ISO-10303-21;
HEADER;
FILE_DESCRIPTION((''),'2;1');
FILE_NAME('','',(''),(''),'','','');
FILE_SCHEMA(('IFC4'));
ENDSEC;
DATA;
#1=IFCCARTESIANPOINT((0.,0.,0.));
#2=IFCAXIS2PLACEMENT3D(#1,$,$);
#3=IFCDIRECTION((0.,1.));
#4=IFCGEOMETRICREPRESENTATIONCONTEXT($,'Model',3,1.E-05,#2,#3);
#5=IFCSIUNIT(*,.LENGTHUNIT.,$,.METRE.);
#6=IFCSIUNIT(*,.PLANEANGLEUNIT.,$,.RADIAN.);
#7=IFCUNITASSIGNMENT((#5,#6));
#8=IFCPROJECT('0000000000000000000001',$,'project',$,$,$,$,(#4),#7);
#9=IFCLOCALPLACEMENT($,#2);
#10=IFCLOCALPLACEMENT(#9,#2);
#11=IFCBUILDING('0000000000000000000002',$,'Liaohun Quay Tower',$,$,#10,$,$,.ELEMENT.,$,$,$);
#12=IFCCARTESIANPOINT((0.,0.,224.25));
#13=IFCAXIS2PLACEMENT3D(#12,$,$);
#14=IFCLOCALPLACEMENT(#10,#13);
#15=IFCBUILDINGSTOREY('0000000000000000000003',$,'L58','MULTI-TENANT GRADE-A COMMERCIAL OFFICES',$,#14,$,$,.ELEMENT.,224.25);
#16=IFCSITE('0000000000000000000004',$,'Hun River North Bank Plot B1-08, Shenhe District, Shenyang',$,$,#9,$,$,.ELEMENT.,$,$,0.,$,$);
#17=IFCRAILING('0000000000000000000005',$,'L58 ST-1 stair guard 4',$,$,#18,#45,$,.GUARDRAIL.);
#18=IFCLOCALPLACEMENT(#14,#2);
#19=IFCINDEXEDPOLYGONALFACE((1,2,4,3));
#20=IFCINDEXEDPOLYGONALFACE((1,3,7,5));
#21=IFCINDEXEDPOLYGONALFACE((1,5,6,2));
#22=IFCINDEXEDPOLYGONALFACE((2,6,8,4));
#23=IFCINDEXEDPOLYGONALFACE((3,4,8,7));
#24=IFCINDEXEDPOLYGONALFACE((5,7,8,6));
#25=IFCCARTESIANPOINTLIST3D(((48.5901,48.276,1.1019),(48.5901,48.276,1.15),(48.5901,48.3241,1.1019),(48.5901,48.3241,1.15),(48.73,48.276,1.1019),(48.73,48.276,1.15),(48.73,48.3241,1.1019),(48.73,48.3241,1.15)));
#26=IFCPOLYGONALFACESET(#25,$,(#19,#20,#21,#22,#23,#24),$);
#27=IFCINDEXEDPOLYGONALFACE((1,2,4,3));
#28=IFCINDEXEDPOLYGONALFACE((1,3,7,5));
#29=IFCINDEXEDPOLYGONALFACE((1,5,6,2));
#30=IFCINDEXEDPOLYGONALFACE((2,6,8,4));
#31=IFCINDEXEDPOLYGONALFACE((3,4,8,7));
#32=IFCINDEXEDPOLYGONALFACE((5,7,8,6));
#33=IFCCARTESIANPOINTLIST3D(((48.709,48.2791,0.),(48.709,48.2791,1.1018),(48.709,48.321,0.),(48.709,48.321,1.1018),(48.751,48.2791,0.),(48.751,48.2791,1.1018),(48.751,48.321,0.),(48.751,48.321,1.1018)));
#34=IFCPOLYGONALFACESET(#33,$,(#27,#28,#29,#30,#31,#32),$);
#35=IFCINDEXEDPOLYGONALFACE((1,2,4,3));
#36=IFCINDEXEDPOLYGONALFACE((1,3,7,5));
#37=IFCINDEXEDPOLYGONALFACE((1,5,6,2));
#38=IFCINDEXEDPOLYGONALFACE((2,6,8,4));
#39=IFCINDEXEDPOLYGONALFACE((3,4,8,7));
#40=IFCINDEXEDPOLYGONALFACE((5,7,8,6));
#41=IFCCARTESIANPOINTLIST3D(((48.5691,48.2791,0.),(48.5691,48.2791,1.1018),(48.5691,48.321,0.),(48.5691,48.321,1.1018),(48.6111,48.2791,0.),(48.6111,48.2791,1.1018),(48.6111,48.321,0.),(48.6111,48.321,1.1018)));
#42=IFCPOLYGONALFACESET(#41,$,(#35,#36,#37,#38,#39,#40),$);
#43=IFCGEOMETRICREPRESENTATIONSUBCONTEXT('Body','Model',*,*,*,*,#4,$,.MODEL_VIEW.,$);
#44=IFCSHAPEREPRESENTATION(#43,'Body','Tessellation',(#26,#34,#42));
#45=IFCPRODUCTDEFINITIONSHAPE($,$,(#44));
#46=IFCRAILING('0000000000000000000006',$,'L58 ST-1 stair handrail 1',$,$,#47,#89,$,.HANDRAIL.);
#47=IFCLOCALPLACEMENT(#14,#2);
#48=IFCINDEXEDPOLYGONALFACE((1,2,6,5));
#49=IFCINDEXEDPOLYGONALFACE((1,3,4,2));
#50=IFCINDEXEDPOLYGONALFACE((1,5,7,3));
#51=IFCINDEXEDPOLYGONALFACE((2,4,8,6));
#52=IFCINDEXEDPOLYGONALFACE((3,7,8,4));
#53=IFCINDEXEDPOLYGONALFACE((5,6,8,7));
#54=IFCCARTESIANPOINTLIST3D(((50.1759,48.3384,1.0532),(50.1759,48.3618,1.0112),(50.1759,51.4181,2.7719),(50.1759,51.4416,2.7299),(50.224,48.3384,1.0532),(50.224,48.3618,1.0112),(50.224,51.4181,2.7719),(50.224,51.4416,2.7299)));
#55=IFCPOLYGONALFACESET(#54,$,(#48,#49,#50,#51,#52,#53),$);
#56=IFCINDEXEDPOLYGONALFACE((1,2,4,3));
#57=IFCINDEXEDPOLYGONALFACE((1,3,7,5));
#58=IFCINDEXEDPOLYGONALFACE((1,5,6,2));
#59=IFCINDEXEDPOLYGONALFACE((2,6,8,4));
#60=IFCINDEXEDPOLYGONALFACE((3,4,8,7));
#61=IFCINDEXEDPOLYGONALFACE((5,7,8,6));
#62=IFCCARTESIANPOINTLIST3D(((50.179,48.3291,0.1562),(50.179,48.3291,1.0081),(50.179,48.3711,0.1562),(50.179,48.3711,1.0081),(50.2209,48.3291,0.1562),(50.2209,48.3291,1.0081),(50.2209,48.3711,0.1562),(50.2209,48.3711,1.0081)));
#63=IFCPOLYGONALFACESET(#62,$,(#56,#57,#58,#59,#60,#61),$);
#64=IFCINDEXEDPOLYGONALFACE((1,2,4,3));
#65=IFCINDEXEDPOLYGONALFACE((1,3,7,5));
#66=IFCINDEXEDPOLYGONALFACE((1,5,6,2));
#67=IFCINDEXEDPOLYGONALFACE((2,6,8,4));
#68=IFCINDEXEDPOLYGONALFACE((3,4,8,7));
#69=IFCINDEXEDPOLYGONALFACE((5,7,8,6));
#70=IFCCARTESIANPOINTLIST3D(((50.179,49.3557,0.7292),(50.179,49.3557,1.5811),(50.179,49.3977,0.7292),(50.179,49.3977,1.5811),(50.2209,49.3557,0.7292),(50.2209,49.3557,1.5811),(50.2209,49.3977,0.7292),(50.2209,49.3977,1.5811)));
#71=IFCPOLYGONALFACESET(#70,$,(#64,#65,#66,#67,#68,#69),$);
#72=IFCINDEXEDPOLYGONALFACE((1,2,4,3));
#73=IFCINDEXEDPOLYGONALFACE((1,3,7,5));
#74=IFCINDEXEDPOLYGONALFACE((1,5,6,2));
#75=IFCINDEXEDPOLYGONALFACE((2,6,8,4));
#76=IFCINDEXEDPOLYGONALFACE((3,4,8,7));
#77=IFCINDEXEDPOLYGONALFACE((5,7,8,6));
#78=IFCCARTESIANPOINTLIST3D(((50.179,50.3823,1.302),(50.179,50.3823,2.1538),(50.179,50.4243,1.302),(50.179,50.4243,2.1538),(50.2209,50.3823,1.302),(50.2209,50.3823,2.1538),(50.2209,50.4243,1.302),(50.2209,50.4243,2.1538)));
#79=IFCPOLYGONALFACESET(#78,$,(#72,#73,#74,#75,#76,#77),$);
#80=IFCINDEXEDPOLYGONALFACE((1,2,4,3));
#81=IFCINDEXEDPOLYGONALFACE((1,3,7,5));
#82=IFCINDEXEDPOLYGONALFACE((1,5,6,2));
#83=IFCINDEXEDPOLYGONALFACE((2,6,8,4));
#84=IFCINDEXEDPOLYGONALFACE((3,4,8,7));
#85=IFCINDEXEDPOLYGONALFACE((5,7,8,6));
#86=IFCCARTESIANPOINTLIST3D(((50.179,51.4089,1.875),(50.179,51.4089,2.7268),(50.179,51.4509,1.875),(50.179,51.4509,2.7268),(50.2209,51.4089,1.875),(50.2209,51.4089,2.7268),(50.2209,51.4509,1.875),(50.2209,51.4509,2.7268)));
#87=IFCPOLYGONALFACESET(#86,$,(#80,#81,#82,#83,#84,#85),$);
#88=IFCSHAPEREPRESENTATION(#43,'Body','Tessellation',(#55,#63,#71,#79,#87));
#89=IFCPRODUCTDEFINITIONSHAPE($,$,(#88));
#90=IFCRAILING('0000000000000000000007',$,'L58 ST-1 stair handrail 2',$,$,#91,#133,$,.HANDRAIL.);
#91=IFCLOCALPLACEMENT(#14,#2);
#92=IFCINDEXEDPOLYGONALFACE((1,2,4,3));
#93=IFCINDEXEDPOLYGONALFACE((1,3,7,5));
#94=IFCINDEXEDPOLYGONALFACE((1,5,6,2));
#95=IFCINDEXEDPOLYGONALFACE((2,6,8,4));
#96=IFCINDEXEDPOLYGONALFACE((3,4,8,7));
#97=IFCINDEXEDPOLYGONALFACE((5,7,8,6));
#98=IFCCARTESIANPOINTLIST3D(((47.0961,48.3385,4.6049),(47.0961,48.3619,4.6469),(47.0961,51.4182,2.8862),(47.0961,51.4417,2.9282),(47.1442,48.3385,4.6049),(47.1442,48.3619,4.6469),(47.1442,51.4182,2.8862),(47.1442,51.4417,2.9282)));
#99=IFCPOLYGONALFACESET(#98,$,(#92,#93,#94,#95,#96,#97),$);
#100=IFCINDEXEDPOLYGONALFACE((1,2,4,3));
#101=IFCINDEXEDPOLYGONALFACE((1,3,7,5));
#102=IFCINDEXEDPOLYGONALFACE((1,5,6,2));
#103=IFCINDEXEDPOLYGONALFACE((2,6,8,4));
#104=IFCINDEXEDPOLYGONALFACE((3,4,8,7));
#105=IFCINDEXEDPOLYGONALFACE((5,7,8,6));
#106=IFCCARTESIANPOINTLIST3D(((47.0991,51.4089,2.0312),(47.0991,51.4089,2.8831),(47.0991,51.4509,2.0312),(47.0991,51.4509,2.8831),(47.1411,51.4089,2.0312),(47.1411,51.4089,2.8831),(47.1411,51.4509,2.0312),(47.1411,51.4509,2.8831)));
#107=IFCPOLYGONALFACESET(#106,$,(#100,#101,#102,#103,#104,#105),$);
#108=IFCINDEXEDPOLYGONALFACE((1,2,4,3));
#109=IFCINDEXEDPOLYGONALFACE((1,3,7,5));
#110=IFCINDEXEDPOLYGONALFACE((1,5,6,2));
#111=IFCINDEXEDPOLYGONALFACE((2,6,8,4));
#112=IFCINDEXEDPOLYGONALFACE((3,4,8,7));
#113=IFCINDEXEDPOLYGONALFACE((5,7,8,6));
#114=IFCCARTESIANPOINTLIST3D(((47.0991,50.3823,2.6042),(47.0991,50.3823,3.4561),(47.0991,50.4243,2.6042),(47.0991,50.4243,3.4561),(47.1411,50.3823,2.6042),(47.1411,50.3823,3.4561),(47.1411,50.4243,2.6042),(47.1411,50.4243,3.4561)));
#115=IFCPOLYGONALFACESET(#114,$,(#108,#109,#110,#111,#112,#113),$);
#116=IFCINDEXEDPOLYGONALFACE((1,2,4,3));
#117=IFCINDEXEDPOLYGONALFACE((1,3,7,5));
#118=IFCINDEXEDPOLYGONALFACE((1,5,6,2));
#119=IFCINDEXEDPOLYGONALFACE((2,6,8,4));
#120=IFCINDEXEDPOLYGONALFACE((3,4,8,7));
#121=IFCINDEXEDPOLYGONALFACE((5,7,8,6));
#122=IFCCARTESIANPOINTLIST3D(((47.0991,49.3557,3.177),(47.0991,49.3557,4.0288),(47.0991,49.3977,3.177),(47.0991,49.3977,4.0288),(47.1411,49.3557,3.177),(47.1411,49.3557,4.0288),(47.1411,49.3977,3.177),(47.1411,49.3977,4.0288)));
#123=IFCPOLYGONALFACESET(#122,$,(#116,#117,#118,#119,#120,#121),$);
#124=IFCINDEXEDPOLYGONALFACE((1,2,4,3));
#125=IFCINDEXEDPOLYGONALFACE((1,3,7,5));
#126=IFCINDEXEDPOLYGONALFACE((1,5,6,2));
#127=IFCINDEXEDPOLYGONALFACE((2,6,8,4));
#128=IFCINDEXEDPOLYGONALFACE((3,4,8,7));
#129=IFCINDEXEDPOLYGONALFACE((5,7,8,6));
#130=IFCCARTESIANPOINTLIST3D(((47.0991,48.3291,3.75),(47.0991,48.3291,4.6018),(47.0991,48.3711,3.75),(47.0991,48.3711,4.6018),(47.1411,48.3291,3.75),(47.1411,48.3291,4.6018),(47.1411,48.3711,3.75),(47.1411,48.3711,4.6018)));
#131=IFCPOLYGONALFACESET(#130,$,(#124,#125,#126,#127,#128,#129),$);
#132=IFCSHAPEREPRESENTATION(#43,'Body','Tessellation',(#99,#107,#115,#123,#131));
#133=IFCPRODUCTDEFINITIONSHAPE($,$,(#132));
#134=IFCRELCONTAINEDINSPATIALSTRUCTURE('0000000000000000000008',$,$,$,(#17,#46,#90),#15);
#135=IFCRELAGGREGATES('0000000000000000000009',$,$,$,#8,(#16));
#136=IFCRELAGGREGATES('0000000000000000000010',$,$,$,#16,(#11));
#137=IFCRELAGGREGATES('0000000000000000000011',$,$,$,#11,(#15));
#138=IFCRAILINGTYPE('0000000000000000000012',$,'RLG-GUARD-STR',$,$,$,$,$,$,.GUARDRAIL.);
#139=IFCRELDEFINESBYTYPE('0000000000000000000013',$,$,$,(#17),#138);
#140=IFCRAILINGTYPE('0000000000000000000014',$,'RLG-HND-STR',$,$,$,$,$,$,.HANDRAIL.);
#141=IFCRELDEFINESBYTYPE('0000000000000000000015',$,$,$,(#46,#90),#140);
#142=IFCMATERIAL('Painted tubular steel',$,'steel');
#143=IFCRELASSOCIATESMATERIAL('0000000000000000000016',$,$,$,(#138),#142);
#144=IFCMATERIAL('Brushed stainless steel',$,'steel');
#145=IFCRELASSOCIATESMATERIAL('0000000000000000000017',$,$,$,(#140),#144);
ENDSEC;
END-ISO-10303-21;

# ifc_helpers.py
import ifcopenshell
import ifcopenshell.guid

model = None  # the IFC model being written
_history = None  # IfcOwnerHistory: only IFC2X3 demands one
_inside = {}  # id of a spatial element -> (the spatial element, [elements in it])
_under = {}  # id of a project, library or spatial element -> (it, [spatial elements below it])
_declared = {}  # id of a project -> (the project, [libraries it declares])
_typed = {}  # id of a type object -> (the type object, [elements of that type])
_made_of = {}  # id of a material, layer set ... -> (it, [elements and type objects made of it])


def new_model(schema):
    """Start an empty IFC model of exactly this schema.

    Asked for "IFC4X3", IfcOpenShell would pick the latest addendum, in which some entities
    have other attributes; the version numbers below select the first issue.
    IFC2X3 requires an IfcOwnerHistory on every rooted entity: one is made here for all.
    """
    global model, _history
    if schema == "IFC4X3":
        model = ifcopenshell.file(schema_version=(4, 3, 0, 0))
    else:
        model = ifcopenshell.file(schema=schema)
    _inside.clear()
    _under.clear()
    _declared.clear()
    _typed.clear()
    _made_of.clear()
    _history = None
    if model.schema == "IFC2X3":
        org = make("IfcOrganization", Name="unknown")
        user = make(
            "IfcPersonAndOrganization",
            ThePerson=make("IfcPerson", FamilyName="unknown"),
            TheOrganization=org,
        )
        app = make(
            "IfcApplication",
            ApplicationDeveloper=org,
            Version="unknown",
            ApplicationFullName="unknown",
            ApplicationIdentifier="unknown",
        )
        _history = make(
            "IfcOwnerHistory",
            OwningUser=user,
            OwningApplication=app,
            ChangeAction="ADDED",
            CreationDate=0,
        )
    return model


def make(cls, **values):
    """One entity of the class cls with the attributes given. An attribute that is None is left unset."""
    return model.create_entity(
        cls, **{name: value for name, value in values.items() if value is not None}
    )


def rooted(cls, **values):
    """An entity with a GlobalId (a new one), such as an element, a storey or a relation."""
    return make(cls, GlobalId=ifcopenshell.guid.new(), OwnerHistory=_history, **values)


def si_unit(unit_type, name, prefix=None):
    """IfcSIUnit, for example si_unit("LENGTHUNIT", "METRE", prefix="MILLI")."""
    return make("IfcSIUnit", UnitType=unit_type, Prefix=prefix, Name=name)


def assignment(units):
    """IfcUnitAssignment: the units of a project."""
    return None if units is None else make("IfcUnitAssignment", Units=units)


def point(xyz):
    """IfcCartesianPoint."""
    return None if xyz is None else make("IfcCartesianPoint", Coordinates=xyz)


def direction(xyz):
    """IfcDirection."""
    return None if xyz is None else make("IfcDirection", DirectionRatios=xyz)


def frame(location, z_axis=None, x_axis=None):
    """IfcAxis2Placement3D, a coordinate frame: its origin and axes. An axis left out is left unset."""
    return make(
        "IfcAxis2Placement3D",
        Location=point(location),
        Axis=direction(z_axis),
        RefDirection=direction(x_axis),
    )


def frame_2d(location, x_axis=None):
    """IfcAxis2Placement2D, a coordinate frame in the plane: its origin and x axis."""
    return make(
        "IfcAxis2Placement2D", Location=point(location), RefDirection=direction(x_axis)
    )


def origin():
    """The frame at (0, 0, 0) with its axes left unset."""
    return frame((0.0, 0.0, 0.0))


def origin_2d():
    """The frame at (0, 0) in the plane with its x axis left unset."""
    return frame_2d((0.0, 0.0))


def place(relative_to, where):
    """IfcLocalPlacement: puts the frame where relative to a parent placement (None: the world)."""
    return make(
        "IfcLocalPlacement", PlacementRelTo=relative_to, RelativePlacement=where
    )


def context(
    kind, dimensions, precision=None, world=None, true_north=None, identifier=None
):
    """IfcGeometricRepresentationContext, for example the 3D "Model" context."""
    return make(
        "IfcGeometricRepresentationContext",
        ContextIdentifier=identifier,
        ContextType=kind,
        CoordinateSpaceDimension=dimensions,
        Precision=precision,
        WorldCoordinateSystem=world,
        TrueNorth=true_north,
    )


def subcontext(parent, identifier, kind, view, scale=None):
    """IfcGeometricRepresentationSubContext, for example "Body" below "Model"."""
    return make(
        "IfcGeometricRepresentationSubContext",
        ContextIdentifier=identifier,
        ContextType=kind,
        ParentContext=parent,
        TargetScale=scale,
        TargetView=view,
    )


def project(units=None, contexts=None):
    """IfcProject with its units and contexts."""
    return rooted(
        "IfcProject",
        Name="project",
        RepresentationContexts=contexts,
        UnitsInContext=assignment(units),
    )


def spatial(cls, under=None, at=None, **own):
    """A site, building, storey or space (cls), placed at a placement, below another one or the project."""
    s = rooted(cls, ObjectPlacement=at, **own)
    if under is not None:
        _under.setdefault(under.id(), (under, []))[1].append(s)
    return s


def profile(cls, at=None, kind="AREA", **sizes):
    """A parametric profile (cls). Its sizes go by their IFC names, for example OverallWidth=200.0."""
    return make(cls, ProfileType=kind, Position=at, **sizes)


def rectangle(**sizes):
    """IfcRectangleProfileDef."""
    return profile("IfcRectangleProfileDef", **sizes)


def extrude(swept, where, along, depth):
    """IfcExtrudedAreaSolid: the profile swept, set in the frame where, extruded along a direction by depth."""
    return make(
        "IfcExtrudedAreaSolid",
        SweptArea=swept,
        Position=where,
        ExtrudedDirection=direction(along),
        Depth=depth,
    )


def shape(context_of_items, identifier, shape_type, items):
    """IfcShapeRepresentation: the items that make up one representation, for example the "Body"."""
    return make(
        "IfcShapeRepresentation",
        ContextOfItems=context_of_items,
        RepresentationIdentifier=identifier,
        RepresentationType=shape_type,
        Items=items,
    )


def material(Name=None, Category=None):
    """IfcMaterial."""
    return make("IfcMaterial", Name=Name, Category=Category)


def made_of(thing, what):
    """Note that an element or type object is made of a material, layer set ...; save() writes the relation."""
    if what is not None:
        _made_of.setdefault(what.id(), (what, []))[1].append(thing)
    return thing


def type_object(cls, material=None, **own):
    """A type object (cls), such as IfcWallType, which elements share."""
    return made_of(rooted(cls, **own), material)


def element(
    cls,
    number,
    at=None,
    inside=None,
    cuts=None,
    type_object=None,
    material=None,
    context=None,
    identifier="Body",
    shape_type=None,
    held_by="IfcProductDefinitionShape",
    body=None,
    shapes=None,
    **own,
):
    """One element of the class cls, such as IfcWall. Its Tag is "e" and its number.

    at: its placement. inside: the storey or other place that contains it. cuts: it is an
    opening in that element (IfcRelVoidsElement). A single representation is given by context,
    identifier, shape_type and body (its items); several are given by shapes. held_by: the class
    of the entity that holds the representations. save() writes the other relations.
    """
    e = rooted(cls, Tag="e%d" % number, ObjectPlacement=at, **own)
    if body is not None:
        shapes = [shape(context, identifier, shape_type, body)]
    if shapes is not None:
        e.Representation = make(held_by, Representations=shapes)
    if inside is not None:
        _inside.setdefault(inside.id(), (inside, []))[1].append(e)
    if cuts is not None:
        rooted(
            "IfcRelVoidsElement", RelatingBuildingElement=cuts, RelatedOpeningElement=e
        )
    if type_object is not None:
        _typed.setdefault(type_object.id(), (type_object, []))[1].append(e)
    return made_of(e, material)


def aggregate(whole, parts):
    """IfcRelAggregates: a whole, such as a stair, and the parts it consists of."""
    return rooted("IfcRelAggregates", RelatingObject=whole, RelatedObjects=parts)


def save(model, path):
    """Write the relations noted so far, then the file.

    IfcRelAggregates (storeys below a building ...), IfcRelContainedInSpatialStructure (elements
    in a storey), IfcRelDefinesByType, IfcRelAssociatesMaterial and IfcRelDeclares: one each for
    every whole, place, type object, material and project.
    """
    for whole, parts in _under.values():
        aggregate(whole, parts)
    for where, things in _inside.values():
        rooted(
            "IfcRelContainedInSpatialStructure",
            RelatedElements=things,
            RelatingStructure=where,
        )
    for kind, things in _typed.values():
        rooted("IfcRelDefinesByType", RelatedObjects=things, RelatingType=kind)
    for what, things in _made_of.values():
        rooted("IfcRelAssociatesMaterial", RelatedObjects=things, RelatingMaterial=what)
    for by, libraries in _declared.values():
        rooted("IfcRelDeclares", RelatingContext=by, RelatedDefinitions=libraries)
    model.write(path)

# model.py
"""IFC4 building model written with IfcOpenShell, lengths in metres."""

from ifc_helpers import new_model, si_unit, direction, frame, origin, origin_2d, place, context, subcontext, project, spatial, rectangle, extrude, material, type_object, element, save


model = new_model("IFC4")

# Units and contexts
model_context = context("Model", 3, precision=1e-05, world=origin(), true_north=direction((0.0, 1.0)))
body_context = subcontext(model_context, "Body", "Model", "MODEL_VIEW")
ifc_project = project(units=[si_unit("LENGTHUNIT", "METRE"), si_unit("PLANEANGLEUNIT", "RADIAN")], contexts=[model_context])

# Site, building, storey
site_placement = place(None, origin())
site = spatial("IfcSite", under=ifc_project, at=site_placement, Name="Hun River North Bank Plot B1-08, Shenhe District, Shenyang", CompositionType="ELEMENT", RefElevation=0.0)
building_placement = place(site_placement, origin())
building = spatial("IfcBuilding", under=site, at=building_placement, Name="Liaohun Quay Tower", CompositionType="ELEMENT")
storey_placement = place(building_placement, frame((0.0, 0.0, 224.25)))
storey = spatial("IfcBuildingStorey", under=building, at=storey_placement, Name="L58", Description="MULTI-TENANT GRADE-A COMMERCIAL OFFICES", CompositionType="ELEMENT", Elevation=224.25)

# Railings
ifc_material_1 = material(Name="Painted tubular steel", Category="steel")
railing_type_1 = type_object("IfcRailingType", Name="RLG-GUARD-STR", PredefinedType="GUARDRAIL", material=ifc_material_1)
railing_1_placement = place(storey_placement, frame((48.73, 48.3, 0.0)))
element("IfcRailing", 1, at=railing_1_placement, inside=storey, type_object=railing_type_1, Name="L58 ST-1 stair guard 4", PredefinedType="GUARDRAIL", context=body_context, shape_type="SweptSolid", body=[
    extrude(rectangle(XDim=0.0481, YDim=0.0481, at=origin_2d()), frame((0.0, 0.0, 1.126), z_axis=(-1.0, 0.0, 0.0), x_axis=(0.0, -1.0, 0.0)), (0.0, 0.0, 1.0), 0.1399),
    extrude(rectangle(XDim=0.042, YDim=0.042, at=origin_2d()), origin(), (0.0, 0.0, 1.0), 1.1018),
    extrude(rectangle(XDim=0.042, YDim=0.042, at=origin_2d()), frame((-0.1399, 0.0, 0.0)), (0.0, 0.0, 1.0), 1.1018),
])
ifc_material_2 = material(Name="Brushed stainless steel", Category="steel")
railing_type_2 = type_object("IfcRailingType", Name="RLG-HND-STR", PredefinedType="HANDRAIL", material=ifc_material_2)
railing_2_placement = place(storey_placement, frame((50.2, 48.3501, 0.1562)))
element("IfcRailing", 2, at=railing_2_placement, inside=storey, type_object=railing_type_2, Name="L58 ST-1 stair handrail 1", PredefinedType="HANDRAIL", context=body_context, shape_type="SweptSolid", body=[
    extrude(rectangle(XDim=0.0481, YDim=0.0481, at=origin_2d()), frame((0.0, 0.0, 0.876), z_axis=(0.0, 0.873225, 0.487317), x_axis=(-1.0, 0.0, 0.0)), (0.0, 0.0, 1.0), 3.5269),
    extrude(rectangle(XDim=0.042, YDim=0.042, at=origin_2d()), origin(), (0.0, 0.0, 1.0), 0.8518),
    extrude(rectangle(XDim=0.042, YDim=0.042, at=origin_2d()), frame((0.0, 1.0266, 0.573)), (0.0, 0.0, 1.0), 0.8518),
    extrude(rectangle(XDim=0.042, YDim=0.042, at=origin_2d()), frame((0.0, 2.0532, 1.1458)), (0.0, 0.0, 1.0), 0.8518),
    extrude(rectangle(XDim=0.042, YDim=0.042, at=origin_2d()), frame((0.0, 3.0798, 1.7188)), (0.0, 0.0, 1.0), 0.8518),
])
railing_3_placement = place(storey_placement, frame((47.1201, 51.4299, 2.0312)))
element("IfcRailing", 3, at=railing_3_placement, inside=storey, type_object=railing_type_2, Name="L58 ST-1 stair handrail 2", PredefinedType="HANDRAIL", context=body_context, shape_type="SweptSolid", body=[
    extrude(rectangle(XDim=0.0481, YDim=0.0481, at=origin_2d()), frame((0.0, 0.0, 0.876), z_axis=(0.0, -0.873225, 0.487317), x_axis=(1.0, 0.0, 0.0)), (0.0, 0.0, 1.0), 3.5269),
    extrude(rectangle(XDim=0.042, YDim=0.042, at=origin_2d()), origin(), (0.0, 0.0, 1.0), 0.8518),
    extrude(rectangle(XDim=0.042, YDim=0.042, at=origin_2d()), frame((0.0, -1.0266, 0.573)), (0.0, 0.0, 1.0), 0.8518),
    extrude(rectangle(XDim=0.042, YDim=0.042, at=origin_2d()), frame((0.0, -2.0532, 1.1458)), (0.0, 0.0, 1.0), 0.8518),
    extrude(rectangle(XDim=0.042, YDim=0.042, at=origin_2d()), frame((0.0, -3.0798, 1.7188)), (0.0, 0.0, 1.0), 0.8518),
])

save(model, "model.ifc")
